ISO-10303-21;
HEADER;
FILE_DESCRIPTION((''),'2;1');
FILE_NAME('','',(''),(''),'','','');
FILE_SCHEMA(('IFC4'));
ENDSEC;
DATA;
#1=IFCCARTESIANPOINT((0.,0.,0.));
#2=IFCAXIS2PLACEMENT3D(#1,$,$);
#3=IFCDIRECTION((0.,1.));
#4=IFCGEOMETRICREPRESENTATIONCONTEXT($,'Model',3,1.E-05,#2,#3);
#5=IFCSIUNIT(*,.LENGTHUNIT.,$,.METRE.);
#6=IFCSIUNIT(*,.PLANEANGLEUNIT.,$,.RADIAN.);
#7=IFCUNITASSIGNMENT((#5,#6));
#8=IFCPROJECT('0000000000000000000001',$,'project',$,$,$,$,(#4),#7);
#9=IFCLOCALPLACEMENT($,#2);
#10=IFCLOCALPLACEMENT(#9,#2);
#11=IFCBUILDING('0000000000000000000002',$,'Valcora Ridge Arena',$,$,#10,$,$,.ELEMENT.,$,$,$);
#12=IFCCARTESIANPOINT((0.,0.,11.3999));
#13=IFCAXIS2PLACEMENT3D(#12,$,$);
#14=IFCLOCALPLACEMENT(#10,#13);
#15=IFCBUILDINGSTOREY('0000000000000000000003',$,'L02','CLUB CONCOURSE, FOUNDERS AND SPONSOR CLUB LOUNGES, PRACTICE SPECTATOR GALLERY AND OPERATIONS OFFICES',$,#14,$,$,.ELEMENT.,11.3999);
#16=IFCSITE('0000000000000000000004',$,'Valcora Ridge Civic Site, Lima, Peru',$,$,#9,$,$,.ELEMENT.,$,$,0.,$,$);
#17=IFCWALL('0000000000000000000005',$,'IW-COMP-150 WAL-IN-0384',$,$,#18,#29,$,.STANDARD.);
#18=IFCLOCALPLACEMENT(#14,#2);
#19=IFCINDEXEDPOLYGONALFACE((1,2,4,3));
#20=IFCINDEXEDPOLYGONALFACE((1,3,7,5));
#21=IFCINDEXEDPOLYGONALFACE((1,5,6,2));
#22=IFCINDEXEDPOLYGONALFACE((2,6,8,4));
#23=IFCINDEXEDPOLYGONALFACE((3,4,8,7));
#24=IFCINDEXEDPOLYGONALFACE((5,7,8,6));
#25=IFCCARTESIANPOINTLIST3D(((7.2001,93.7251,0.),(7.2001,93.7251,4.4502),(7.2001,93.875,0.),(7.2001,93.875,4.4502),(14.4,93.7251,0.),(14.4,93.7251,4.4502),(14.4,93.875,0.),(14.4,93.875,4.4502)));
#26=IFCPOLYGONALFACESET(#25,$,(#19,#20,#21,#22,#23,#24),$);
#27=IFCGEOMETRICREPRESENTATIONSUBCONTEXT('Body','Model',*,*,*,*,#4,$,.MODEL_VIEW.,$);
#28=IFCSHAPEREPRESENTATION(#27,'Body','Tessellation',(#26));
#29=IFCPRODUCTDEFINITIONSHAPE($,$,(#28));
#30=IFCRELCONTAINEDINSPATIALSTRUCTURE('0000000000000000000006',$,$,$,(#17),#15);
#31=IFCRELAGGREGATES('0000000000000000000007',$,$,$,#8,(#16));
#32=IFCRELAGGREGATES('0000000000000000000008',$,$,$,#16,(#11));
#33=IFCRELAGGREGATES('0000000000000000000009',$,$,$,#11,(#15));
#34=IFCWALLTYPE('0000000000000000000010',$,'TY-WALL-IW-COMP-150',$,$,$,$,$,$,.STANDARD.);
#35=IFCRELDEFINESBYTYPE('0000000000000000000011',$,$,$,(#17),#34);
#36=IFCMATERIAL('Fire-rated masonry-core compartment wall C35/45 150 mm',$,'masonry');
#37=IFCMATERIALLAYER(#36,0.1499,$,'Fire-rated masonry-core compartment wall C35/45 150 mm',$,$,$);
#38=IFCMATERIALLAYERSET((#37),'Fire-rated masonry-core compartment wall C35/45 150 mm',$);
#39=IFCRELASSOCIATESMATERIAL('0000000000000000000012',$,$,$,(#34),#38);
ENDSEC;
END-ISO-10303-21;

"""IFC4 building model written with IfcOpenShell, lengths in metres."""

from ifc_helpers import new_model, si_unit, direction, frame, frame_2d, origin, place, context, subcontext, project, spatial, rectangle, extrude, material, layer, layer_set, type_object, element, save


model = new_model("IFC4")

# Units and contexts
model_context = context("Model", 3, precision=1e-05, world=origin(), true_north=direction((0.0, 1.0)))
body_context = subcontext(model_context, "Body", "Model", "MODEL_VIEW")
ifc_project = project(units=[si_unit("LENGTHUNIT", "METRE"), si_unit("PLANEANGLEUNIT", "RADIAN")], contexts=[model_context])

# Site, building, storey
site_placement = place(None, origin())
site = spatial("IfcSite", under=ifc_project, at=site_placement, Name="Valcora Ridge Civic Site, Lima, Peru", CompositionType="ELEMENT", RefElevation=0.0)
building_placement = place(site_placement, origin())
building = spatial("IfcBuilding", under=site, at=building_placement, Name="Valcora Ridge Arena", CompositionType="ELEMENT")
storey_placement = place(building_placement, frame((0.0, 0.0, 11.3999)))
storey = spatial("IfcBuildingStorey", under=building, at=storey_placement, Name="L02", Description="CLUB CONCOURSE, FOUNDERS AND SPONSOR CLUB LOUNGES, PRACTICE SPECTATOR GALLERY AND OPERATIONS OFFICES", CompositionType="ELEMENT", Elevation=11.3999)

# Wall
ifc_material_1 = material(Name="Fire-rated masonry-core compartment wall C35/45 150 mm", Category="masonry")
ifc_layer_1 = layer(ifc_material_1, 0.1499, Name="Fire-rated masonry-core compartment wall C35/45 150 mm")
ifc_layer_set_1 = layer_set([ifc_layer_1], Name="Fire-rated masonry-core compartment wall C35/45 150 mm")
wall_type_1 = type_object("IfcWallType", Name="TY-WALL-IW-COMP-150", PredefinedType="STANDARD", material=ifc_layer_set_1)
wall_1_placement = place(storey_placement, frame((7.2, 93.8, 0.0), z_axis=(0.0, 0.0, 1.0), x_axis=(1.0, 0.0, 0.0)))
element("IfcWall", 1, at=wall_1_placement, inside=storey, type_object=wall_type_1, Name="IW-COMP-150 WAL-IN-0384", PredefinedType="STANDARD", context=body_context, shape_type="SweptSolid", body=[
    extrude(rectangle(XDim=7.2, YDim=0.1499, at=frame_2d((3.6001, 0.0))), origin(), (0.0, 0.0, 1.0), 4.4502),
])

save(model, "model.ifc")
